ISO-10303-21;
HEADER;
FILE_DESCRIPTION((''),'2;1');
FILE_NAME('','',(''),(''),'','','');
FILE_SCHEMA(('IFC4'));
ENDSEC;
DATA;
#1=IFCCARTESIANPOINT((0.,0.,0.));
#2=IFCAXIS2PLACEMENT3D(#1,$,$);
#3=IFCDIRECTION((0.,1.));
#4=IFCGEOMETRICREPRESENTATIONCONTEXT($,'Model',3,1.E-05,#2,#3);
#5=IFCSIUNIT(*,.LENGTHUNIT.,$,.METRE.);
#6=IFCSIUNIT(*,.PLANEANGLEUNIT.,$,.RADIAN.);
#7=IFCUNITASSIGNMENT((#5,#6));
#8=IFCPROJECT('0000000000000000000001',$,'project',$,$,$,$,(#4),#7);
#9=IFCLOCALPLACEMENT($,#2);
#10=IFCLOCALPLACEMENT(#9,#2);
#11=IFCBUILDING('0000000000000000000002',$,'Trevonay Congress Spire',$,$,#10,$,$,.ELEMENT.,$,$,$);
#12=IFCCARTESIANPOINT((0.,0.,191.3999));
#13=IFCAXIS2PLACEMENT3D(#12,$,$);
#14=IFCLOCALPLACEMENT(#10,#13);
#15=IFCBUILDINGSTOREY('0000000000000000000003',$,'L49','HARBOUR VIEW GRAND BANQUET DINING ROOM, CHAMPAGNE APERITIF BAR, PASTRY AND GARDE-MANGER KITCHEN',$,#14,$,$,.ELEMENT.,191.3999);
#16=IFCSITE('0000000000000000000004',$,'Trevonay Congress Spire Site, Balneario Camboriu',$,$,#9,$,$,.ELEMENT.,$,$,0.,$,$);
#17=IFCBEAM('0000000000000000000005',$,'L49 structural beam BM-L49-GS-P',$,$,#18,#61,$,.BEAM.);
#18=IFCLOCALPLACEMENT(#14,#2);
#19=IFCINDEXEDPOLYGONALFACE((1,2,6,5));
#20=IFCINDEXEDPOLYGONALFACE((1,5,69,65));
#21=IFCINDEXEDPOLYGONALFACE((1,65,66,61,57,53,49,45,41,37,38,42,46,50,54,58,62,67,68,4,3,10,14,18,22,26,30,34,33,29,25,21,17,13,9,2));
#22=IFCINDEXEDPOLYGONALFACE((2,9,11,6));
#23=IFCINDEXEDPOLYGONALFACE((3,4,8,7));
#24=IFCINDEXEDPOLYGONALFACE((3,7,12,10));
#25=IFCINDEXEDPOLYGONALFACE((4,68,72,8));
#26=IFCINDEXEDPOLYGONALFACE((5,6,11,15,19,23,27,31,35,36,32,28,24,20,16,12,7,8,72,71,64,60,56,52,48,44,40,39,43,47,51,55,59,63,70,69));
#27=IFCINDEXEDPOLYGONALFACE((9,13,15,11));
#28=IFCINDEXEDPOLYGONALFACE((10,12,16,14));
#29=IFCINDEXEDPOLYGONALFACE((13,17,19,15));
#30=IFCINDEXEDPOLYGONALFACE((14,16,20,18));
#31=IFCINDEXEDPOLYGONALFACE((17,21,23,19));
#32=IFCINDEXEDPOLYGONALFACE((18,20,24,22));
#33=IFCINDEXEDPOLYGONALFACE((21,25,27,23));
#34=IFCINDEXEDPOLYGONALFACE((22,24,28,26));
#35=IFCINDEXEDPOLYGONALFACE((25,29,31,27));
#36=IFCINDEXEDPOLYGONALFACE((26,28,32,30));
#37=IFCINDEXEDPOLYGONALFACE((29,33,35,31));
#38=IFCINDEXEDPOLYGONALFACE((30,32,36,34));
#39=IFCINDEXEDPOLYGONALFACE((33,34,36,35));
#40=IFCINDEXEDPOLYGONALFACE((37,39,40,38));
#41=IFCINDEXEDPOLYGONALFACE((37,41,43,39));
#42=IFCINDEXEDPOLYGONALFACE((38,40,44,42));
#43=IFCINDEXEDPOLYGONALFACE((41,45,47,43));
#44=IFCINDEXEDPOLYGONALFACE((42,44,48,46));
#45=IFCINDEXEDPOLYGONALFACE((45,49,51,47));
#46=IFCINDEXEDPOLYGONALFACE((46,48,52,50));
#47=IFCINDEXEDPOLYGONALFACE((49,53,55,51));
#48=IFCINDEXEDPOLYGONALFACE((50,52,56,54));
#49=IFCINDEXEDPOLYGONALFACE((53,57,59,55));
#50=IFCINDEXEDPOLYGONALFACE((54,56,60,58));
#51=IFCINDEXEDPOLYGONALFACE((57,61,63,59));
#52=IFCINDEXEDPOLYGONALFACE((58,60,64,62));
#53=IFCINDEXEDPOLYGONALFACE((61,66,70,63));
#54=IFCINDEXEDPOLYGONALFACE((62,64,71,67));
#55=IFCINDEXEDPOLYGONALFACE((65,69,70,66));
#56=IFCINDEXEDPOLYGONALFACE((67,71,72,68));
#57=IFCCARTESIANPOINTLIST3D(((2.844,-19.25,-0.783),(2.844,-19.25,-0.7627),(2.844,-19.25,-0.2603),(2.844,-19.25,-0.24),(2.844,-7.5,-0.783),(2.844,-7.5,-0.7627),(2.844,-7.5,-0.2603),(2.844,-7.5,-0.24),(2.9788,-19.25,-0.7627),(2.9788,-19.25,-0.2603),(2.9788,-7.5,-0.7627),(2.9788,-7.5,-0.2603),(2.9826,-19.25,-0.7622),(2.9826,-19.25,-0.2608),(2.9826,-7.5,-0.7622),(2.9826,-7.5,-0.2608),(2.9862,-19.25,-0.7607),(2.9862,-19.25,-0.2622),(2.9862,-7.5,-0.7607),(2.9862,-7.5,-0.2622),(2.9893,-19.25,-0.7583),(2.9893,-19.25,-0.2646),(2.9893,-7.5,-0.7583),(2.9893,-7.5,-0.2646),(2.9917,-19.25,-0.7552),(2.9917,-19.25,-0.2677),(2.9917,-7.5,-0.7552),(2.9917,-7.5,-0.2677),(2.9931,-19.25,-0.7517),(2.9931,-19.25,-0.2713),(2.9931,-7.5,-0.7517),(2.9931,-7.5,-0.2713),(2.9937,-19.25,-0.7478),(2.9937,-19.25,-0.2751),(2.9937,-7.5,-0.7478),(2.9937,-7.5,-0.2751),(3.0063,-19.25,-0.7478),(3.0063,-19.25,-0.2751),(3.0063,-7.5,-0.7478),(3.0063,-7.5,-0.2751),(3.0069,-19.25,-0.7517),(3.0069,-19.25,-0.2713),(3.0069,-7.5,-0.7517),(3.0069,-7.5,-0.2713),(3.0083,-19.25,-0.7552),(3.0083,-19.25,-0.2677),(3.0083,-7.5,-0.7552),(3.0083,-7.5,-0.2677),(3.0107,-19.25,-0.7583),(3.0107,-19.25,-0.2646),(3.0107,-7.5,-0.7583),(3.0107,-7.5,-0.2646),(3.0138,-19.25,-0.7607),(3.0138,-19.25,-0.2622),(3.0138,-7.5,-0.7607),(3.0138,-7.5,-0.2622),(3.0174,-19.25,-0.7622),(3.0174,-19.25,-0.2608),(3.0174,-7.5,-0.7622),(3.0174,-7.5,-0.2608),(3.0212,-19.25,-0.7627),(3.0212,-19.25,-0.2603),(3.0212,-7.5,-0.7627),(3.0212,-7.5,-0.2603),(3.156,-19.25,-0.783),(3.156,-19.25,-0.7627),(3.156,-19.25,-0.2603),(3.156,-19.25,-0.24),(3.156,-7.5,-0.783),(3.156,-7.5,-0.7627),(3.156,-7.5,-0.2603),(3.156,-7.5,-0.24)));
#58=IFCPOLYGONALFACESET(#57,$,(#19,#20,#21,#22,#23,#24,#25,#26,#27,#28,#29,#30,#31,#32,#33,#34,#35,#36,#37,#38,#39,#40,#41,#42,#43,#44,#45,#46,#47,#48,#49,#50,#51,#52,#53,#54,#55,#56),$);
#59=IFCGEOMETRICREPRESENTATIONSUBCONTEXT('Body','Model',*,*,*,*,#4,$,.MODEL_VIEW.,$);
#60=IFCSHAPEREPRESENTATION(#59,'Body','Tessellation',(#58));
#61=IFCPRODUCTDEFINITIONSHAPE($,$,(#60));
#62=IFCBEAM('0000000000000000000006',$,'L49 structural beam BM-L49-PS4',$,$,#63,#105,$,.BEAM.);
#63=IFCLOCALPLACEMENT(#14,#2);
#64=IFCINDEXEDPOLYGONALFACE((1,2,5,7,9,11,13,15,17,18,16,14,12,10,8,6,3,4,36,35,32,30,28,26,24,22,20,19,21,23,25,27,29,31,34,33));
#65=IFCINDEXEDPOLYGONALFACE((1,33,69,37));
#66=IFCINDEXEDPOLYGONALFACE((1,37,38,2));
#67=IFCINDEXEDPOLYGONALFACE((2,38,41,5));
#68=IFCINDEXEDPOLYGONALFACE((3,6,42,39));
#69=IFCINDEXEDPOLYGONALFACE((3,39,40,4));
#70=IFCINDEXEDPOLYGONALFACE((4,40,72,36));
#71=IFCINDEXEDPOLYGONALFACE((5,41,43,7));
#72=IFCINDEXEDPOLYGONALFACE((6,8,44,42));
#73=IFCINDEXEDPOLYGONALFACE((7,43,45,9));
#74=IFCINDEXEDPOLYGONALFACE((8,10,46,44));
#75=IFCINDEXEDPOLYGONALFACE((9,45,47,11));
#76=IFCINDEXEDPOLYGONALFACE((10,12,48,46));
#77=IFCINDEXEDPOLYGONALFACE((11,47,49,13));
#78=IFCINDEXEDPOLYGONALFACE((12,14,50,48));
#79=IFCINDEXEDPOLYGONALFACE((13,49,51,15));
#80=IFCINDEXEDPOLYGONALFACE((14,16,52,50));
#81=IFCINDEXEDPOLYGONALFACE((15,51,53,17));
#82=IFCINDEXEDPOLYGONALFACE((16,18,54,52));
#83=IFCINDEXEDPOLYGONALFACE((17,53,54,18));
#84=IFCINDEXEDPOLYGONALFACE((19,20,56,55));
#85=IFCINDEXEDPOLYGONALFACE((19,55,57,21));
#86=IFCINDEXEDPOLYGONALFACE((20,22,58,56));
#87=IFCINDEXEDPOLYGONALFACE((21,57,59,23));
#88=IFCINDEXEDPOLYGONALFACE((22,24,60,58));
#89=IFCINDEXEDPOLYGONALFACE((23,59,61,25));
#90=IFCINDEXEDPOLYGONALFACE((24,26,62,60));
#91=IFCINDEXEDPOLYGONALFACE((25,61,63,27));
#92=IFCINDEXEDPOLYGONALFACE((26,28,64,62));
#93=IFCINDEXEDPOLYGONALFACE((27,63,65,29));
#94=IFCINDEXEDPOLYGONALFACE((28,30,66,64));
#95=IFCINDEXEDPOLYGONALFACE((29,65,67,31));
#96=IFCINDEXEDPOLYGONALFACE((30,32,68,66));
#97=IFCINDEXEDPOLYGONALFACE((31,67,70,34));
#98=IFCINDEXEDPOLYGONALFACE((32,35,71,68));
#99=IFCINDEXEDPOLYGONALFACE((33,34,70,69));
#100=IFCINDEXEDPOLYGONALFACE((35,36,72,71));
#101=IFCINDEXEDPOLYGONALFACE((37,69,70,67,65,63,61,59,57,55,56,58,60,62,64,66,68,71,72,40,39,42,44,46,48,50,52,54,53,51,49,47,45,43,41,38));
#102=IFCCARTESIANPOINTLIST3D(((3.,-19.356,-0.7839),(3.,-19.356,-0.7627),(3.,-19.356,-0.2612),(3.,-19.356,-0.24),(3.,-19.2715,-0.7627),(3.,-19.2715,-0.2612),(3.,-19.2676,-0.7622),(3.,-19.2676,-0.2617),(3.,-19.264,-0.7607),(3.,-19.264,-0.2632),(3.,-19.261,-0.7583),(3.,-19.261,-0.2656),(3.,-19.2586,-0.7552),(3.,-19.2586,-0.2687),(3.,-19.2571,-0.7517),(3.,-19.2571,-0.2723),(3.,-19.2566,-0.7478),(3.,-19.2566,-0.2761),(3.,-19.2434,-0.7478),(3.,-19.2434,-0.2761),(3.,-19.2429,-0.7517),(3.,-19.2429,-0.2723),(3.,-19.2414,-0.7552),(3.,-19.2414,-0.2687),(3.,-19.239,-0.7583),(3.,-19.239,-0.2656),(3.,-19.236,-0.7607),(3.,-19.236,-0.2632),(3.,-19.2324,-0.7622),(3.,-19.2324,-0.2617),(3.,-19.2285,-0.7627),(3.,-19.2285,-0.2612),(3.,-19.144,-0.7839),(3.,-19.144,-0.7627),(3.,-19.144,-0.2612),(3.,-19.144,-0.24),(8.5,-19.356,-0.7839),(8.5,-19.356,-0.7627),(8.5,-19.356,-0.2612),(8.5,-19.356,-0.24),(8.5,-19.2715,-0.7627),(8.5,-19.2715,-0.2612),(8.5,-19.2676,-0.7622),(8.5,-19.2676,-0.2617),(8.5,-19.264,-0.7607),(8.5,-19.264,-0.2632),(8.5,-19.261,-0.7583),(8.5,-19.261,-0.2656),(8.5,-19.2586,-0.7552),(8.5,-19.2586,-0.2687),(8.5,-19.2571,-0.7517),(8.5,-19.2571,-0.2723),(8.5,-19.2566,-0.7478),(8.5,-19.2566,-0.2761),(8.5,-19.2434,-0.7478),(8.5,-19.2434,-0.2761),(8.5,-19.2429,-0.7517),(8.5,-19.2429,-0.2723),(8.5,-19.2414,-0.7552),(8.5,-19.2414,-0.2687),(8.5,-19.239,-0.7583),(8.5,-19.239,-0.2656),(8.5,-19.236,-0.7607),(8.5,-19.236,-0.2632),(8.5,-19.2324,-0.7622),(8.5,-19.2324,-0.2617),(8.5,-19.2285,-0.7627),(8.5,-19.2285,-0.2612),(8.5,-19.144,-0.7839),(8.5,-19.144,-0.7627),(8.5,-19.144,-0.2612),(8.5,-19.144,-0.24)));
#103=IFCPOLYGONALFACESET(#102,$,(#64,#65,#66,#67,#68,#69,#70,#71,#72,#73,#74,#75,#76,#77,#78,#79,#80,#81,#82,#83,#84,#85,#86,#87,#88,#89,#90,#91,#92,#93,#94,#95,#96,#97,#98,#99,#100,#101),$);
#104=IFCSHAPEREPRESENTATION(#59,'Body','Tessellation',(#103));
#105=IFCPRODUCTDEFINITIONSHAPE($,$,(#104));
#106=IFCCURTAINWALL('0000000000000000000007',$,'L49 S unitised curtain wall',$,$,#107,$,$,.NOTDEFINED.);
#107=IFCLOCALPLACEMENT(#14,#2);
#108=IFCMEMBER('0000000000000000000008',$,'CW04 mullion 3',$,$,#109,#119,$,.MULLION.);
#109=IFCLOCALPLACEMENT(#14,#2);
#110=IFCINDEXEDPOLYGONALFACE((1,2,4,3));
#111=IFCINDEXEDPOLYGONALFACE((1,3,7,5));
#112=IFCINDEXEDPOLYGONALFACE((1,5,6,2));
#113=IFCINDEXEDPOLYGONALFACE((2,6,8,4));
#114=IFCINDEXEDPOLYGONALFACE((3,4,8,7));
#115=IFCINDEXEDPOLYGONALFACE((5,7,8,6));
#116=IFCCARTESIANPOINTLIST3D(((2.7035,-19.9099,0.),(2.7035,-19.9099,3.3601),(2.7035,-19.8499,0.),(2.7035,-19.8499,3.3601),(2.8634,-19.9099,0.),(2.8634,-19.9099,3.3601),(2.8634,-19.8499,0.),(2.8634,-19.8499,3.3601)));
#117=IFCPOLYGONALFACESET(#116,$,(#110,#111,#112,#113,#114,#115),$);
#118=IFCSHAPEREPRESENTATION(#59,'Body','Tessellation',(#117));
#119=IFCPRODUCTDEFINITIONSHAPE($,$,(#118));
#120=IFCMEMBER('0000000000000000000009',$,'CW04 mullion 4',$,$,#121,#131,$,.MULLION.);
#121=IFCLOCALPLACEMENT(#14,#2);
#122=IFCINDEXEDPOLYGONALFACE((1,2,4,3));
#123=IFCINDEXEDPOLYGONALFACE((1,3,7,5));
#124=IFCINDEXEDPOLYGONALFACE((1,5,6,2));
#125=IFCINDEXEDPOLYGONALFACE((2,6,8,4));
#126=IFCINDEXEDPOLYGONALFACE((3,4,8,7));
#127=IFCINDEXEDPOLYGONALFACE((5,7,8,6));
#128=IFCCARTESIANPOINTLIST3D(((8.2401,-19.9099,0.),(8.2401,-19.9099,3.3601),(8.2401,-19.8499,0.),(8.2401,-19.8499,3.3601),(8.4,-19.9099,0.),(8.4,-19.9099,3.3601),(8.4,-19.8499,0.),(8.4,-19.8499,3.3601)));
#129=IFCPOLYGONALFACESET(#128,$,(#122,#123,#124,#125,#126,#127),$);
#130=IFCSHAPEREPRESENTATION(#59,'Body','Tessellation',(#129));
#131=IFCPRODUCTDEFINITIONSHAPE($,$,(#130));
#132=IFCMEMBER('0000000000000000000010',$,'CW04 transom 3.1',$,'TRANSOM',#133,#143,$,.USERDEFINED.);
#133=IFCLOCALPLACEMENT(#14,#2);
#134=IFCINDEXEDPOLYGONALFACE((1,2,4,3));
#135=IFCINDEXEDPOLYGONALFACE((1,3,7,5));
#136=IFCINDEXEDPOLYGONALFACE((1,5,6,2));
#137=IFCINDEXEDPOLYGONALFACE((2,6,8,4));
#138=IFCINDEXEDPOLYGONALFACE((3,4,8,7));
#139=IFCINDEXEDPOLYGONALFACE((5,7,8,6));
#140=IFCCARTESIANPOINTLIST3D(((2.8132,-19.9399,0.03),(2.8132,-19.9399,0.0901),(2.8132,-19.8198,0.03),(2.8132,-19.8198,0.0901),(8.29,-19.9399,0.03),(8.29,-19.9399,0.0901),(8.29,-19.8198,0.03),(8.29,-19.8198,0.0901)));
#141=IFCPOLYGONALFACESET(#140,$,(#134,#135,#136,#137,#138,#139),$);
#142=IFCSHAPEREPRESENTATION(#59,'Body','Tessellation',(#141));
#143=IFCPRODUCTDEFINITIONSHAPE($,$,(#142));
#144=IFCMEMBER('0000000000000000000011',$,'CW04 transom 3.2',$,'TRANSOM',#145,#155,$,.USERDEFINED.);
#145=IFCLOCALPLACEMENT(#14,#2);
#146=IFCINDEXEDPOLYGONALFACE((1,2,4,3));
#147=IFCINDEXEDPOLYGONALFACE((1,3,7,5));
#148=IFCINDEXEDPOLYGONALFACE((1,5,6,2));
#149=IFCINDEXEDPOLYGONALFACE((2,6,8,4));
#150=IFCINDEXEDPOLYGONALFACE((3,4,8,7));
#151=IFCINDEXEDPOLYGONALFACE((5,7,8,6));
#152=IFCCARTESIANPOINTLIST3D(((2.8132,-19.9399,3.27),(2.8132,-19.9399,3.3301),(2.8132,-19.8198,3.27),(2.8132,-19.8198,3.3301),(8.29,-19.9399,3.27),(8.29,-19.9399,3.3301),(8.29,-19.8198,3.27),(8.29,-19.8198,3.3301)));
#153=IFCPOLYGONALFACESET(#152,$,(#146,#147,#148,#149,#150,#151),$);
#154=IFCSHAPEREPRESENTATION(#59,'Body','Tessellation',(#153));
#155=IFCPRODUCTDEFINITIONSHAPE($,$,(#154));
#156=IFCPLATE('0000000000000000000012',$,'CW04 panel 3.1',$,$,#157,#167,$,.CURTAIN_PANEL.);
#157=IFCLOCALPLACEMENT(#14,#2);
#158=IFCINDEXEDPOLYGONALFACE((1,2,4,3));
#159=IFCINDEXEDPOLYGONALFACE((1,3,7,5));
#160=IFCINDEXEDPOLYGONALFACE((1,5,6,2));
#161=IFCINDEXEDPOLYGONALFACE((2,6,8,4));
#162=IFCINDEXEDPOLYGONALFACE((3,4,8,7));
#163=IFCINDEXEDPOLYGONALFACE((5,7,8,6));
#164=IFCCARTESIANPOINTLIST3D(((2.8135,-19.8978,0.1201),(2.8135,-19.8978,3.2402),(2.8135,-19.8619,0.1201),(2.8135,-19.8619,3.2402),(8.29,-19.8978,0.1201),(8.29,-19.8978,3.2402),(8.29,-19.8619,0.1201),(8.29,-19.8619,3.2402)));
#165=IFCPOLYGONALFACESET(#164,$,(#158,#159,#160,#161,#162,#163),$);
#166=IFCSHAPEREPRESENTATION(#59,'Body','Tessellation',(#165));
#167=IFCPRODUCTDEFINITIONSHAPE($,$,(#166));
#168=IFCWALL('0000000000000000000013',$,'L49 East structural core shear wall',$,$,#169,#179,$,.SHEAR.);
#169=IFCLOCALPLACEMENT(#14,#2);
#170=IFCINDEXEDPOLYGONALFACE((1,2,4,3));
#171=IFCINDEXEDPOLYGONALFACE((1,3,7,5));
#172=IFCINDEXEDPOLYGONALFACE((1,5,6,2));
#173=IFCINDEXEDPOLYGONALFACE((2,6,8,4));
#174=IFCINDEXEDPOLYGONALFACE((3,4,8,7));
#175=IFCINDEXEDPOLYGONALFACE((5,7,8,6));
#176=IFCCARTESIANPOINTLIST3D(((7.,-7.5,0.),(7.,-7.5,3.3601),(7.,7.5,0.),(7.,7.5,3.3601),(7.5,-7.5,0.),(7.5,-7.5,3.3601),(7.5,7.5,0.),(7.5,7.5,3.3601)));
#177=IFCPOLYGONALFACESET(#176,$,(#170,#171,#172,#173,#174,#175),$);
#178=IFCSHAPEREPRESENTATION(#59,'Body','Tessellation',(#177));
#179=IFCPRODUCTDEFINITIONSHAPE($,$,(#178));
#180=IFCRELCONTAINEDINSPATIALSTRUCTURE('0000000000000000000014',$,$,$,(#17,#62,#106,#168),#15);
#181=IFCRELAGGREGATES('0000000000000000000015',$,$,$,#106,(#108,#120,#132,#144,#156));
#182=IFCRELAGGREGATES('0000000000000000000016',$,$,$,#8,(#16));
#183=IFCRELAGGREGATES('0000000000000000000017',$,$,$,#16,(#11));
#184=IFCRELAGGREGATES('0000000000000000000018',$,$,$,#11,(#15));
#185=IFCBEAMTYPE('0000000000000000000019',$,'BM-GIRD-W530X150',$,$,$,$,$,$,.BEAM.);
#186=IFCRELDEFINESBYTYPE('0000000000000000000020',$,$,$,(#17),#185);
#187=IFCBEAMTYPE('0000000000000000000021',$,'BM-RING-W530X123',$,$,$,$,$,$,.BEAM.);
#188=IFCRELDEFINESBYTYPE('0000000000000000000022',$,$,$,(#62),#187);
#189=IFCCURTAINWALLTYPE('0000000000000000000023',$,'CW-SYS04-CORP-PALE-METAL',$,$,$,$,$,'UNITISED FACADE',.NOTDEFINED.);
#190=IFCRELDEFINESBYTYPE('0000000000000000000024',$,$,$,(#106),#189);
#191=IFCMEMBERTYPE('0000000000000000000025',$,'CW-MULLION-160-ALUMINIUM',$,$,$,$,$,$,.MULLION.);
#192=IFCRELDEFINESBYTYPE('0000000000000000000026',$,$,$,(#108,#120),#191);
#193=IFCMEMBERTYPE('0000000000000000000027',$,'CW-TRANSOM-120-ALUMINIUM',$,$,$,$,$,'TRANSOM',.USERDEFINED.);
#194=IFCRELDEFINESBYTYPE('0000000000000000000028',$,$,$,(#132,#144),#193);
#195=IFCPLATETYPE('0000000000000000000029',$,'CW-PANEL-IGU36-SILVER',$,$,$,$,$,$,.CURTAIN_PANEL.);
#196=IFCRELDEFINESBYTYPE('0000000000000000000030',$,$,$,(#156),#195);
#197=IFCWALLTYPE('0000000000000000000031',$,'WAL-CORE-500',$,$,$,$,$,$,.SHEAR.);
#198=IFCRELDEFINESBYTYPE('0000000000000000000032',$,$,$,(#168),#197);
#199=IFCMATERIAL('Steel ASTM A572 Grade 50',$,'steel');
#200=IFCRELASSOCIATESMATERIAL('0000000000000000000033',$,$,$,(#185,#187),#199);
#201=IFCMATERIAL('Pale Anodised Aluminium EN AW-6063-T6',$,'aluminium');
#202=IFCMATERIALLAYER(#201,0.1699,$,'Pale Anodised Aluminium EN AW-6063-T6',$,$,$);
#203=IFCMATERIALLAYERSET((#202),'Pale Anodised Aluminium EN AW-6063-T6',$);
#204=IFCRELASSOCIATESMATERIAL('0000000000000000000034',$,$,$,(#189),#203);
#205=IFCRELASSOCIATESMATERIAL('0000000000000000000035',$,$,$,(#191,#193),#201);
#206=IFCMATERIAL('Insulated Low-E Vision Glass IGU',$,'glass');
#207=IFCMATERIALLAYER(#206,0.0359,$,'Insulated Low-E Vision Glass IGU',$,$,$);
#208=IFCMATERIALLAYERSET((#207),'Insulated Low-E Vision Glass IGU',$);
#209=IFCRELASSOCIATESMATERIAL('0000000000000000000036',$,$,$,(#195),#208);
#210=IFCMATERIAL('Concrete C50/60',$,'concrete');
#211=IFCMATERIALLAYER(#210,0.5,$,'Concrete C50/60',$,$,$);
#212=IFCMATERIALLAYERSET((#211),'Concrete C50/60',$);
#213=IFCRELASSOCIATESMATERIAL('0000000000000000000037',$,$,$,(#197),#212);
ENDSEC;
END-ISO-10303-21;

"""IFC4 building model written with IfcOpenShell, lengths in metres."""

from ifc_helpers import new_model, si_unit, direction, frame, frame_2d, origin, origin_2d, place, context, subcontext, project, spatial, rectangle, i_section, extrude, material, layer, layer_set, material_profile, profile_set, type_object, element, aggregate, save


model = new_model("IFC4")

# Units and contexts
model_context = context("Model", 3, precision=1e-05, world=origin(), true_north=direction((0.0, 1.0)))
body_context = subcontext(model_context, "Body", "Model", "MODEL_VIEW")
ifc_project = project(units=[si_unit("LENGTHUNIT", "METRE"), si_unit("PLANEANGLEUNIT", "RADIAN")], contexts=[model_context])

# Site, building, storey
site_placement = place(None, origin())
site = spatial("IfcSite", under=ifc_project, at=site_placement, Name="Trevonay Congress Spire Site, Balneario Camboriu", CompositionType="ELEMENT", RefElevation=0.0)
building_placement = place(site_placement, origin())
building = spatial("IfcBuilding", under=site, at=building_placement, Name="Trevonay Congress Spire", CompositionType="ELEMENT")
storey_placement = place(building_placement, frame((0.0, 0.0, 191.3999)))
storey = spatial("IfcBuildingStorey", under=building, at=storey_placement, Name="L49", Description="HARBOUR VIEW GRAND BANQUET DINING ROOM, CHAMPAGNE APERITIF BAR, PASTRY AND GARDE-MANGER KITCHEN", CompositionType="ELEMENT", Elevation=191.3999)

# Shared definitions
ifc_material_1 = material(Name="Steel ASTM A572 Grade 50", Category="steel")

# Beams
ifc_material_profile_1 = material_profile(ifc_material_1, i_section(OverallWidth=0.312, OverallDepth=0.543, WebThickness=0.0127, FlangeThickness=0.0203, FilletRadius=0.0149, at=origin_2d()), Name="W530x150")
ifc_profile_set_1 = profile_set([ifc_material_profile_1], Name="Steel ASTM A572 Grade 50")
beam_type_1 = type_object("IfcBeamType", Name="BM-GIRD-W530X150", PredefinedType="BEAM", material=ifc_profile_set_1)
beam_1_placement = place(storey_placement, frame((3.0, -7.5, -0.5115), z_axis=(0.0, -1.0, 0.0), x_axis=(1.0, 0.0, 0.0)))
element("IfcBeam", 1, at=beam_1_placement, inside=storey, type_object=beam_type_1, Name="L49 structural beam BM-L49-GS-P", PredefinedType="BEAM", context=body_context, shape_type="SweptSolid", body=[
    extrude(i_section(OverallWidth=0.312, OverallDepth=0.543, WebThickness=0.0127, FlangeThickness=0.0203, FilletRadius=0.0149, at=origin_2d()), origin(), (0.0, 0.0, 1.0), 11.75),
])
ifc_material_profile_2 = material_profile(ifc_material_1, i_section(OverallWidth=0.2119, OverallDepth=0.5439, WebThickness=0.0132, FlangeThickness=0.0212, FilletRadius=0.0149, at=origin_2d()), Name="W530x123")
ifc_profile_set_2 = profile_set([ifc_material_profile_2], Name="Steel ASTM A572 Grade 50")
beam_type_2 = type_object("IfcBeamType", Name="BM-RING-W530X123", PredefinedType="BEAM", material=ifc_profile_set_2)
beam_2_placement = place(storey_placement, frame((3.0, -19.25, -0.512), z_axis=(1.0, 0.0, 0.0), x_axis=(0.0, 1.0, 0.0)))
element("IfcBeam", 2, at=beam_2_placement, inside=storey, type_object=beam_type_2, Name="L49 structural beam BM-L49-PS4", PredefinedType="BEAM", context=body_context, shape_type="SweptSolid", body=[
    extrude(i_section(OverallWidth=0.2119, OverallDepth=0.5439, WebThickness=0.0132, FlangeThickness=0.0212, FilletRadius=0.0149, at=origin_2d()), origin(), (0.0, 0.0, 1.0), 5.5),
])

# Curtain wall, members, plate
ifc_material_2 = material(Name="Pale Anodised Aluminium EN AW-6063-T6", Category="aluminium")
ifc_layer_1 = layer(ifc_material_2, 0.1699, Name="Pale Anodised Aluminium EN AW-6063-T6")
ifc_layer_set_1 = layer_set([ifc_layer_1], Name="Pale Anodised Aluminium EN AW-6063-T6")
curtain_wall_type = type_object("IfcCurtainWallType", Name="CW-SYS04-CORP-PALE-METAL", ElementType="UNITISED FACADE", PredefinedType="NOTDEFINED", material=ifc_layer_set_1)
curtain_wall_placement = place(storey_placement, origin())
curtain_wall = element("IfcCurtainWall", 3, at=curtain_wall_placement, inside=storey, type_object=curtain_wall_type, Name="L49 S unitised curtain wall", PredefinedType="NOTDEFINED")
ifc_material_profile_3 = material_profile(ifc_material_2, rectangle(XDim=0.0601, YDim=0.1599, at=origin_2d()), Name="CW-MULLION-160-ALUMINIUM")
ifc_profile_set_3 = profile_set([ifc_material_profile_3], Name="Pale Anodised Aluminium EN AW-6063-T6")
member_type_1 = type_object("IfcMemberType", Name="CW-MULLION-160-ALUMINIUM", PredefinedType="MULLION", material=ifc_profile_set_3)
member_1_placement = place(storey_placement, frame((2.7834, -19.8799, 0.0), z_axis=(0.0, 0.0, 1.0), x_axis=(0.0, 1.0, 0.0)))
member_1 = element("IfcMember", 4, at=member_1_placement, type_object=member_type_1, Name="CW04 mullion 3", PredefinedType="MULLION", context=body_context, shape_type="SweptSolid", body=[
    extrude(rectangle(XDim=0.0601, YDim=0.1599, at=origin_2d()), origin(), (0.0, 0.0, 1.0), 3.3601),
])
member_2_placement = place(storey_placement, frame((8.3201, -19.8799, 0.0), z_axis=(0.0, 0.0, 1.0), x_axis=(0.0, 1.0, 0.0)))
member_2 = element("IfcMember", 5, at=member_2_placement, type_object=member_type_1, Name="CW04 mullion 4", PredefinedType="MULLION", context=body_context, shape_type="SweptSolid", body=[
    extrude(rectangle(XDim=0.0601, YDim=0.1599, at=origin_2d()), origin(), (0.0, 0.0, 1.0), 3.3601),
])
ifc_material_profile_4 = material_profile(ifc_material_2, rectangle(XDim=0.1201, YDim=0.0601, at=origin_2d()), Name="CW-TRANSOM-120-ALUMINIUM")
ifc_profile_set_4 = profile_set([ifc_material_profile_4], Name="Pale Anodised Aluminium EN AW-6063-T6")
member_type_2 = type_object("IfcMemberType", Name="CW-TRANSOM-120-ALUMINIUM", ElementType="TRANSOM", PredefinedType="USERDEFINED", material=ifc_profile_set_4)
member_3_placement = place(storey_placement, frame((2.8132, -19.8799, 0.0601), z_axis=(1.0, 0.0, 0.0), x_axis=(0.0, 1.0, 0.0)))
member_3 = element("IfcMember", 6, at=member_3_placement, type_object=member_type_2, Name="CW04 transom 3.1", ObjectType="TRANSOM", PredefinedType="USERDEFINED", context=body_context, shape_type="SweptSolid", body=[
    extrude(rectangle(XDim=0.1201, YDim=0.0601, at=origin_2d()), origin(), (0.0, 0.0, 1.0), 5.4768),
])
member_4_placement = place(storey_placement, frame((2.8132, -19.8799, 3.3), z_axis=(1.0, 0.0, 0.0), x_axis=(0.0, 1.0, 0.0)))
member_4 = element("IfcMember", 7, at=member_4_placement, type_object=member_type_2, Name="CW04 transom 3.2", ObjectType="TRANSOM", PredefinedType="USERDEFINED", context=body_context, shape_type="SweptSolid", body=[
    extrude(rectangle(XDim=0.1201, YDim=0.0601, at=origin_2d()), origin(), (0.0, 0.0, 1.0), 5.4768),
])
ifc_material_3 = material(Name="Insulated Low-E Vision Glass IGU", Category="glass")
ifc_layer_2 = layer(ifc_material_3, 0.0359, Name="Insulated Low-E Vision Glass IGU")
ifc_layer_set_2 = layer_set([ifc_layer_2], Name="Insulated Low-E Vision Glass IGU")
plate_type = type_object("IfcPlateType", Name="CW-PANEL-IGU36-SILVER", PredefinedType="CURTAIN_PANEL", material=ifc_layer_set_2)
plate_placement = place(storey_placement, frame((5.5518, -19.8799, 0.1201), z_axis=(0.0, 0.0, 1.0), x_axis=(1.0, 0.0, 0.0)))
plate = element("IfcPlate", 8, at=plate_placement, type_object=plate_type, Name="CW04 panel 3.1", PredefinedType="CURTAIN_PANEL", context=body_context, shape_type="SweptSolid", body=[
    extrude(rectangle(XDim=5.4766, YDim=0.0359, at=origin_2d()), origin(), (0.0, 0.0, 1.0), 3.1201),
])
aggregate(curtain_wall, [member_1, member_2, member_3, member_4, plate])

# Wall
ifc_material_4 = material(Name="Concrete C50/60", Category="concrete")
ifc_layer_3 = layer(ifc_material_4, 0.5, Name="Concrete C50/60")
ifc_layer_set_3 = layer_set([ifc_layer_3], Name="Concrete C50/60")
wall_type_1 = type_object("IfcWallType", Name="WAL-CORE-500", PredefinedType="SHEAR", material=ifc_layer_set_3)
wall_1_placement = place(storey_placement, frame((7.25, -7.5, 0.0), z_axis=(0.0, 0.0, 1.0), x_axis=(0.0, 1.0, 0.0)))
element("IfcWall", 9, at=wall_1_placement, inside=storey, type_object=wall_type_1, Name="L49 East structural core shear wall", PredefinedType="SHEAR", context=body_context, shape_type="SweptSolid", body=[
    extrude(rectangle(XDim=15.0, YDim=0.5, at=frame_2d((7.5, 0.0))), origin(), (0.0, 0.0, 1.0), 3.3601),
])

save(model, "model.ifc")
